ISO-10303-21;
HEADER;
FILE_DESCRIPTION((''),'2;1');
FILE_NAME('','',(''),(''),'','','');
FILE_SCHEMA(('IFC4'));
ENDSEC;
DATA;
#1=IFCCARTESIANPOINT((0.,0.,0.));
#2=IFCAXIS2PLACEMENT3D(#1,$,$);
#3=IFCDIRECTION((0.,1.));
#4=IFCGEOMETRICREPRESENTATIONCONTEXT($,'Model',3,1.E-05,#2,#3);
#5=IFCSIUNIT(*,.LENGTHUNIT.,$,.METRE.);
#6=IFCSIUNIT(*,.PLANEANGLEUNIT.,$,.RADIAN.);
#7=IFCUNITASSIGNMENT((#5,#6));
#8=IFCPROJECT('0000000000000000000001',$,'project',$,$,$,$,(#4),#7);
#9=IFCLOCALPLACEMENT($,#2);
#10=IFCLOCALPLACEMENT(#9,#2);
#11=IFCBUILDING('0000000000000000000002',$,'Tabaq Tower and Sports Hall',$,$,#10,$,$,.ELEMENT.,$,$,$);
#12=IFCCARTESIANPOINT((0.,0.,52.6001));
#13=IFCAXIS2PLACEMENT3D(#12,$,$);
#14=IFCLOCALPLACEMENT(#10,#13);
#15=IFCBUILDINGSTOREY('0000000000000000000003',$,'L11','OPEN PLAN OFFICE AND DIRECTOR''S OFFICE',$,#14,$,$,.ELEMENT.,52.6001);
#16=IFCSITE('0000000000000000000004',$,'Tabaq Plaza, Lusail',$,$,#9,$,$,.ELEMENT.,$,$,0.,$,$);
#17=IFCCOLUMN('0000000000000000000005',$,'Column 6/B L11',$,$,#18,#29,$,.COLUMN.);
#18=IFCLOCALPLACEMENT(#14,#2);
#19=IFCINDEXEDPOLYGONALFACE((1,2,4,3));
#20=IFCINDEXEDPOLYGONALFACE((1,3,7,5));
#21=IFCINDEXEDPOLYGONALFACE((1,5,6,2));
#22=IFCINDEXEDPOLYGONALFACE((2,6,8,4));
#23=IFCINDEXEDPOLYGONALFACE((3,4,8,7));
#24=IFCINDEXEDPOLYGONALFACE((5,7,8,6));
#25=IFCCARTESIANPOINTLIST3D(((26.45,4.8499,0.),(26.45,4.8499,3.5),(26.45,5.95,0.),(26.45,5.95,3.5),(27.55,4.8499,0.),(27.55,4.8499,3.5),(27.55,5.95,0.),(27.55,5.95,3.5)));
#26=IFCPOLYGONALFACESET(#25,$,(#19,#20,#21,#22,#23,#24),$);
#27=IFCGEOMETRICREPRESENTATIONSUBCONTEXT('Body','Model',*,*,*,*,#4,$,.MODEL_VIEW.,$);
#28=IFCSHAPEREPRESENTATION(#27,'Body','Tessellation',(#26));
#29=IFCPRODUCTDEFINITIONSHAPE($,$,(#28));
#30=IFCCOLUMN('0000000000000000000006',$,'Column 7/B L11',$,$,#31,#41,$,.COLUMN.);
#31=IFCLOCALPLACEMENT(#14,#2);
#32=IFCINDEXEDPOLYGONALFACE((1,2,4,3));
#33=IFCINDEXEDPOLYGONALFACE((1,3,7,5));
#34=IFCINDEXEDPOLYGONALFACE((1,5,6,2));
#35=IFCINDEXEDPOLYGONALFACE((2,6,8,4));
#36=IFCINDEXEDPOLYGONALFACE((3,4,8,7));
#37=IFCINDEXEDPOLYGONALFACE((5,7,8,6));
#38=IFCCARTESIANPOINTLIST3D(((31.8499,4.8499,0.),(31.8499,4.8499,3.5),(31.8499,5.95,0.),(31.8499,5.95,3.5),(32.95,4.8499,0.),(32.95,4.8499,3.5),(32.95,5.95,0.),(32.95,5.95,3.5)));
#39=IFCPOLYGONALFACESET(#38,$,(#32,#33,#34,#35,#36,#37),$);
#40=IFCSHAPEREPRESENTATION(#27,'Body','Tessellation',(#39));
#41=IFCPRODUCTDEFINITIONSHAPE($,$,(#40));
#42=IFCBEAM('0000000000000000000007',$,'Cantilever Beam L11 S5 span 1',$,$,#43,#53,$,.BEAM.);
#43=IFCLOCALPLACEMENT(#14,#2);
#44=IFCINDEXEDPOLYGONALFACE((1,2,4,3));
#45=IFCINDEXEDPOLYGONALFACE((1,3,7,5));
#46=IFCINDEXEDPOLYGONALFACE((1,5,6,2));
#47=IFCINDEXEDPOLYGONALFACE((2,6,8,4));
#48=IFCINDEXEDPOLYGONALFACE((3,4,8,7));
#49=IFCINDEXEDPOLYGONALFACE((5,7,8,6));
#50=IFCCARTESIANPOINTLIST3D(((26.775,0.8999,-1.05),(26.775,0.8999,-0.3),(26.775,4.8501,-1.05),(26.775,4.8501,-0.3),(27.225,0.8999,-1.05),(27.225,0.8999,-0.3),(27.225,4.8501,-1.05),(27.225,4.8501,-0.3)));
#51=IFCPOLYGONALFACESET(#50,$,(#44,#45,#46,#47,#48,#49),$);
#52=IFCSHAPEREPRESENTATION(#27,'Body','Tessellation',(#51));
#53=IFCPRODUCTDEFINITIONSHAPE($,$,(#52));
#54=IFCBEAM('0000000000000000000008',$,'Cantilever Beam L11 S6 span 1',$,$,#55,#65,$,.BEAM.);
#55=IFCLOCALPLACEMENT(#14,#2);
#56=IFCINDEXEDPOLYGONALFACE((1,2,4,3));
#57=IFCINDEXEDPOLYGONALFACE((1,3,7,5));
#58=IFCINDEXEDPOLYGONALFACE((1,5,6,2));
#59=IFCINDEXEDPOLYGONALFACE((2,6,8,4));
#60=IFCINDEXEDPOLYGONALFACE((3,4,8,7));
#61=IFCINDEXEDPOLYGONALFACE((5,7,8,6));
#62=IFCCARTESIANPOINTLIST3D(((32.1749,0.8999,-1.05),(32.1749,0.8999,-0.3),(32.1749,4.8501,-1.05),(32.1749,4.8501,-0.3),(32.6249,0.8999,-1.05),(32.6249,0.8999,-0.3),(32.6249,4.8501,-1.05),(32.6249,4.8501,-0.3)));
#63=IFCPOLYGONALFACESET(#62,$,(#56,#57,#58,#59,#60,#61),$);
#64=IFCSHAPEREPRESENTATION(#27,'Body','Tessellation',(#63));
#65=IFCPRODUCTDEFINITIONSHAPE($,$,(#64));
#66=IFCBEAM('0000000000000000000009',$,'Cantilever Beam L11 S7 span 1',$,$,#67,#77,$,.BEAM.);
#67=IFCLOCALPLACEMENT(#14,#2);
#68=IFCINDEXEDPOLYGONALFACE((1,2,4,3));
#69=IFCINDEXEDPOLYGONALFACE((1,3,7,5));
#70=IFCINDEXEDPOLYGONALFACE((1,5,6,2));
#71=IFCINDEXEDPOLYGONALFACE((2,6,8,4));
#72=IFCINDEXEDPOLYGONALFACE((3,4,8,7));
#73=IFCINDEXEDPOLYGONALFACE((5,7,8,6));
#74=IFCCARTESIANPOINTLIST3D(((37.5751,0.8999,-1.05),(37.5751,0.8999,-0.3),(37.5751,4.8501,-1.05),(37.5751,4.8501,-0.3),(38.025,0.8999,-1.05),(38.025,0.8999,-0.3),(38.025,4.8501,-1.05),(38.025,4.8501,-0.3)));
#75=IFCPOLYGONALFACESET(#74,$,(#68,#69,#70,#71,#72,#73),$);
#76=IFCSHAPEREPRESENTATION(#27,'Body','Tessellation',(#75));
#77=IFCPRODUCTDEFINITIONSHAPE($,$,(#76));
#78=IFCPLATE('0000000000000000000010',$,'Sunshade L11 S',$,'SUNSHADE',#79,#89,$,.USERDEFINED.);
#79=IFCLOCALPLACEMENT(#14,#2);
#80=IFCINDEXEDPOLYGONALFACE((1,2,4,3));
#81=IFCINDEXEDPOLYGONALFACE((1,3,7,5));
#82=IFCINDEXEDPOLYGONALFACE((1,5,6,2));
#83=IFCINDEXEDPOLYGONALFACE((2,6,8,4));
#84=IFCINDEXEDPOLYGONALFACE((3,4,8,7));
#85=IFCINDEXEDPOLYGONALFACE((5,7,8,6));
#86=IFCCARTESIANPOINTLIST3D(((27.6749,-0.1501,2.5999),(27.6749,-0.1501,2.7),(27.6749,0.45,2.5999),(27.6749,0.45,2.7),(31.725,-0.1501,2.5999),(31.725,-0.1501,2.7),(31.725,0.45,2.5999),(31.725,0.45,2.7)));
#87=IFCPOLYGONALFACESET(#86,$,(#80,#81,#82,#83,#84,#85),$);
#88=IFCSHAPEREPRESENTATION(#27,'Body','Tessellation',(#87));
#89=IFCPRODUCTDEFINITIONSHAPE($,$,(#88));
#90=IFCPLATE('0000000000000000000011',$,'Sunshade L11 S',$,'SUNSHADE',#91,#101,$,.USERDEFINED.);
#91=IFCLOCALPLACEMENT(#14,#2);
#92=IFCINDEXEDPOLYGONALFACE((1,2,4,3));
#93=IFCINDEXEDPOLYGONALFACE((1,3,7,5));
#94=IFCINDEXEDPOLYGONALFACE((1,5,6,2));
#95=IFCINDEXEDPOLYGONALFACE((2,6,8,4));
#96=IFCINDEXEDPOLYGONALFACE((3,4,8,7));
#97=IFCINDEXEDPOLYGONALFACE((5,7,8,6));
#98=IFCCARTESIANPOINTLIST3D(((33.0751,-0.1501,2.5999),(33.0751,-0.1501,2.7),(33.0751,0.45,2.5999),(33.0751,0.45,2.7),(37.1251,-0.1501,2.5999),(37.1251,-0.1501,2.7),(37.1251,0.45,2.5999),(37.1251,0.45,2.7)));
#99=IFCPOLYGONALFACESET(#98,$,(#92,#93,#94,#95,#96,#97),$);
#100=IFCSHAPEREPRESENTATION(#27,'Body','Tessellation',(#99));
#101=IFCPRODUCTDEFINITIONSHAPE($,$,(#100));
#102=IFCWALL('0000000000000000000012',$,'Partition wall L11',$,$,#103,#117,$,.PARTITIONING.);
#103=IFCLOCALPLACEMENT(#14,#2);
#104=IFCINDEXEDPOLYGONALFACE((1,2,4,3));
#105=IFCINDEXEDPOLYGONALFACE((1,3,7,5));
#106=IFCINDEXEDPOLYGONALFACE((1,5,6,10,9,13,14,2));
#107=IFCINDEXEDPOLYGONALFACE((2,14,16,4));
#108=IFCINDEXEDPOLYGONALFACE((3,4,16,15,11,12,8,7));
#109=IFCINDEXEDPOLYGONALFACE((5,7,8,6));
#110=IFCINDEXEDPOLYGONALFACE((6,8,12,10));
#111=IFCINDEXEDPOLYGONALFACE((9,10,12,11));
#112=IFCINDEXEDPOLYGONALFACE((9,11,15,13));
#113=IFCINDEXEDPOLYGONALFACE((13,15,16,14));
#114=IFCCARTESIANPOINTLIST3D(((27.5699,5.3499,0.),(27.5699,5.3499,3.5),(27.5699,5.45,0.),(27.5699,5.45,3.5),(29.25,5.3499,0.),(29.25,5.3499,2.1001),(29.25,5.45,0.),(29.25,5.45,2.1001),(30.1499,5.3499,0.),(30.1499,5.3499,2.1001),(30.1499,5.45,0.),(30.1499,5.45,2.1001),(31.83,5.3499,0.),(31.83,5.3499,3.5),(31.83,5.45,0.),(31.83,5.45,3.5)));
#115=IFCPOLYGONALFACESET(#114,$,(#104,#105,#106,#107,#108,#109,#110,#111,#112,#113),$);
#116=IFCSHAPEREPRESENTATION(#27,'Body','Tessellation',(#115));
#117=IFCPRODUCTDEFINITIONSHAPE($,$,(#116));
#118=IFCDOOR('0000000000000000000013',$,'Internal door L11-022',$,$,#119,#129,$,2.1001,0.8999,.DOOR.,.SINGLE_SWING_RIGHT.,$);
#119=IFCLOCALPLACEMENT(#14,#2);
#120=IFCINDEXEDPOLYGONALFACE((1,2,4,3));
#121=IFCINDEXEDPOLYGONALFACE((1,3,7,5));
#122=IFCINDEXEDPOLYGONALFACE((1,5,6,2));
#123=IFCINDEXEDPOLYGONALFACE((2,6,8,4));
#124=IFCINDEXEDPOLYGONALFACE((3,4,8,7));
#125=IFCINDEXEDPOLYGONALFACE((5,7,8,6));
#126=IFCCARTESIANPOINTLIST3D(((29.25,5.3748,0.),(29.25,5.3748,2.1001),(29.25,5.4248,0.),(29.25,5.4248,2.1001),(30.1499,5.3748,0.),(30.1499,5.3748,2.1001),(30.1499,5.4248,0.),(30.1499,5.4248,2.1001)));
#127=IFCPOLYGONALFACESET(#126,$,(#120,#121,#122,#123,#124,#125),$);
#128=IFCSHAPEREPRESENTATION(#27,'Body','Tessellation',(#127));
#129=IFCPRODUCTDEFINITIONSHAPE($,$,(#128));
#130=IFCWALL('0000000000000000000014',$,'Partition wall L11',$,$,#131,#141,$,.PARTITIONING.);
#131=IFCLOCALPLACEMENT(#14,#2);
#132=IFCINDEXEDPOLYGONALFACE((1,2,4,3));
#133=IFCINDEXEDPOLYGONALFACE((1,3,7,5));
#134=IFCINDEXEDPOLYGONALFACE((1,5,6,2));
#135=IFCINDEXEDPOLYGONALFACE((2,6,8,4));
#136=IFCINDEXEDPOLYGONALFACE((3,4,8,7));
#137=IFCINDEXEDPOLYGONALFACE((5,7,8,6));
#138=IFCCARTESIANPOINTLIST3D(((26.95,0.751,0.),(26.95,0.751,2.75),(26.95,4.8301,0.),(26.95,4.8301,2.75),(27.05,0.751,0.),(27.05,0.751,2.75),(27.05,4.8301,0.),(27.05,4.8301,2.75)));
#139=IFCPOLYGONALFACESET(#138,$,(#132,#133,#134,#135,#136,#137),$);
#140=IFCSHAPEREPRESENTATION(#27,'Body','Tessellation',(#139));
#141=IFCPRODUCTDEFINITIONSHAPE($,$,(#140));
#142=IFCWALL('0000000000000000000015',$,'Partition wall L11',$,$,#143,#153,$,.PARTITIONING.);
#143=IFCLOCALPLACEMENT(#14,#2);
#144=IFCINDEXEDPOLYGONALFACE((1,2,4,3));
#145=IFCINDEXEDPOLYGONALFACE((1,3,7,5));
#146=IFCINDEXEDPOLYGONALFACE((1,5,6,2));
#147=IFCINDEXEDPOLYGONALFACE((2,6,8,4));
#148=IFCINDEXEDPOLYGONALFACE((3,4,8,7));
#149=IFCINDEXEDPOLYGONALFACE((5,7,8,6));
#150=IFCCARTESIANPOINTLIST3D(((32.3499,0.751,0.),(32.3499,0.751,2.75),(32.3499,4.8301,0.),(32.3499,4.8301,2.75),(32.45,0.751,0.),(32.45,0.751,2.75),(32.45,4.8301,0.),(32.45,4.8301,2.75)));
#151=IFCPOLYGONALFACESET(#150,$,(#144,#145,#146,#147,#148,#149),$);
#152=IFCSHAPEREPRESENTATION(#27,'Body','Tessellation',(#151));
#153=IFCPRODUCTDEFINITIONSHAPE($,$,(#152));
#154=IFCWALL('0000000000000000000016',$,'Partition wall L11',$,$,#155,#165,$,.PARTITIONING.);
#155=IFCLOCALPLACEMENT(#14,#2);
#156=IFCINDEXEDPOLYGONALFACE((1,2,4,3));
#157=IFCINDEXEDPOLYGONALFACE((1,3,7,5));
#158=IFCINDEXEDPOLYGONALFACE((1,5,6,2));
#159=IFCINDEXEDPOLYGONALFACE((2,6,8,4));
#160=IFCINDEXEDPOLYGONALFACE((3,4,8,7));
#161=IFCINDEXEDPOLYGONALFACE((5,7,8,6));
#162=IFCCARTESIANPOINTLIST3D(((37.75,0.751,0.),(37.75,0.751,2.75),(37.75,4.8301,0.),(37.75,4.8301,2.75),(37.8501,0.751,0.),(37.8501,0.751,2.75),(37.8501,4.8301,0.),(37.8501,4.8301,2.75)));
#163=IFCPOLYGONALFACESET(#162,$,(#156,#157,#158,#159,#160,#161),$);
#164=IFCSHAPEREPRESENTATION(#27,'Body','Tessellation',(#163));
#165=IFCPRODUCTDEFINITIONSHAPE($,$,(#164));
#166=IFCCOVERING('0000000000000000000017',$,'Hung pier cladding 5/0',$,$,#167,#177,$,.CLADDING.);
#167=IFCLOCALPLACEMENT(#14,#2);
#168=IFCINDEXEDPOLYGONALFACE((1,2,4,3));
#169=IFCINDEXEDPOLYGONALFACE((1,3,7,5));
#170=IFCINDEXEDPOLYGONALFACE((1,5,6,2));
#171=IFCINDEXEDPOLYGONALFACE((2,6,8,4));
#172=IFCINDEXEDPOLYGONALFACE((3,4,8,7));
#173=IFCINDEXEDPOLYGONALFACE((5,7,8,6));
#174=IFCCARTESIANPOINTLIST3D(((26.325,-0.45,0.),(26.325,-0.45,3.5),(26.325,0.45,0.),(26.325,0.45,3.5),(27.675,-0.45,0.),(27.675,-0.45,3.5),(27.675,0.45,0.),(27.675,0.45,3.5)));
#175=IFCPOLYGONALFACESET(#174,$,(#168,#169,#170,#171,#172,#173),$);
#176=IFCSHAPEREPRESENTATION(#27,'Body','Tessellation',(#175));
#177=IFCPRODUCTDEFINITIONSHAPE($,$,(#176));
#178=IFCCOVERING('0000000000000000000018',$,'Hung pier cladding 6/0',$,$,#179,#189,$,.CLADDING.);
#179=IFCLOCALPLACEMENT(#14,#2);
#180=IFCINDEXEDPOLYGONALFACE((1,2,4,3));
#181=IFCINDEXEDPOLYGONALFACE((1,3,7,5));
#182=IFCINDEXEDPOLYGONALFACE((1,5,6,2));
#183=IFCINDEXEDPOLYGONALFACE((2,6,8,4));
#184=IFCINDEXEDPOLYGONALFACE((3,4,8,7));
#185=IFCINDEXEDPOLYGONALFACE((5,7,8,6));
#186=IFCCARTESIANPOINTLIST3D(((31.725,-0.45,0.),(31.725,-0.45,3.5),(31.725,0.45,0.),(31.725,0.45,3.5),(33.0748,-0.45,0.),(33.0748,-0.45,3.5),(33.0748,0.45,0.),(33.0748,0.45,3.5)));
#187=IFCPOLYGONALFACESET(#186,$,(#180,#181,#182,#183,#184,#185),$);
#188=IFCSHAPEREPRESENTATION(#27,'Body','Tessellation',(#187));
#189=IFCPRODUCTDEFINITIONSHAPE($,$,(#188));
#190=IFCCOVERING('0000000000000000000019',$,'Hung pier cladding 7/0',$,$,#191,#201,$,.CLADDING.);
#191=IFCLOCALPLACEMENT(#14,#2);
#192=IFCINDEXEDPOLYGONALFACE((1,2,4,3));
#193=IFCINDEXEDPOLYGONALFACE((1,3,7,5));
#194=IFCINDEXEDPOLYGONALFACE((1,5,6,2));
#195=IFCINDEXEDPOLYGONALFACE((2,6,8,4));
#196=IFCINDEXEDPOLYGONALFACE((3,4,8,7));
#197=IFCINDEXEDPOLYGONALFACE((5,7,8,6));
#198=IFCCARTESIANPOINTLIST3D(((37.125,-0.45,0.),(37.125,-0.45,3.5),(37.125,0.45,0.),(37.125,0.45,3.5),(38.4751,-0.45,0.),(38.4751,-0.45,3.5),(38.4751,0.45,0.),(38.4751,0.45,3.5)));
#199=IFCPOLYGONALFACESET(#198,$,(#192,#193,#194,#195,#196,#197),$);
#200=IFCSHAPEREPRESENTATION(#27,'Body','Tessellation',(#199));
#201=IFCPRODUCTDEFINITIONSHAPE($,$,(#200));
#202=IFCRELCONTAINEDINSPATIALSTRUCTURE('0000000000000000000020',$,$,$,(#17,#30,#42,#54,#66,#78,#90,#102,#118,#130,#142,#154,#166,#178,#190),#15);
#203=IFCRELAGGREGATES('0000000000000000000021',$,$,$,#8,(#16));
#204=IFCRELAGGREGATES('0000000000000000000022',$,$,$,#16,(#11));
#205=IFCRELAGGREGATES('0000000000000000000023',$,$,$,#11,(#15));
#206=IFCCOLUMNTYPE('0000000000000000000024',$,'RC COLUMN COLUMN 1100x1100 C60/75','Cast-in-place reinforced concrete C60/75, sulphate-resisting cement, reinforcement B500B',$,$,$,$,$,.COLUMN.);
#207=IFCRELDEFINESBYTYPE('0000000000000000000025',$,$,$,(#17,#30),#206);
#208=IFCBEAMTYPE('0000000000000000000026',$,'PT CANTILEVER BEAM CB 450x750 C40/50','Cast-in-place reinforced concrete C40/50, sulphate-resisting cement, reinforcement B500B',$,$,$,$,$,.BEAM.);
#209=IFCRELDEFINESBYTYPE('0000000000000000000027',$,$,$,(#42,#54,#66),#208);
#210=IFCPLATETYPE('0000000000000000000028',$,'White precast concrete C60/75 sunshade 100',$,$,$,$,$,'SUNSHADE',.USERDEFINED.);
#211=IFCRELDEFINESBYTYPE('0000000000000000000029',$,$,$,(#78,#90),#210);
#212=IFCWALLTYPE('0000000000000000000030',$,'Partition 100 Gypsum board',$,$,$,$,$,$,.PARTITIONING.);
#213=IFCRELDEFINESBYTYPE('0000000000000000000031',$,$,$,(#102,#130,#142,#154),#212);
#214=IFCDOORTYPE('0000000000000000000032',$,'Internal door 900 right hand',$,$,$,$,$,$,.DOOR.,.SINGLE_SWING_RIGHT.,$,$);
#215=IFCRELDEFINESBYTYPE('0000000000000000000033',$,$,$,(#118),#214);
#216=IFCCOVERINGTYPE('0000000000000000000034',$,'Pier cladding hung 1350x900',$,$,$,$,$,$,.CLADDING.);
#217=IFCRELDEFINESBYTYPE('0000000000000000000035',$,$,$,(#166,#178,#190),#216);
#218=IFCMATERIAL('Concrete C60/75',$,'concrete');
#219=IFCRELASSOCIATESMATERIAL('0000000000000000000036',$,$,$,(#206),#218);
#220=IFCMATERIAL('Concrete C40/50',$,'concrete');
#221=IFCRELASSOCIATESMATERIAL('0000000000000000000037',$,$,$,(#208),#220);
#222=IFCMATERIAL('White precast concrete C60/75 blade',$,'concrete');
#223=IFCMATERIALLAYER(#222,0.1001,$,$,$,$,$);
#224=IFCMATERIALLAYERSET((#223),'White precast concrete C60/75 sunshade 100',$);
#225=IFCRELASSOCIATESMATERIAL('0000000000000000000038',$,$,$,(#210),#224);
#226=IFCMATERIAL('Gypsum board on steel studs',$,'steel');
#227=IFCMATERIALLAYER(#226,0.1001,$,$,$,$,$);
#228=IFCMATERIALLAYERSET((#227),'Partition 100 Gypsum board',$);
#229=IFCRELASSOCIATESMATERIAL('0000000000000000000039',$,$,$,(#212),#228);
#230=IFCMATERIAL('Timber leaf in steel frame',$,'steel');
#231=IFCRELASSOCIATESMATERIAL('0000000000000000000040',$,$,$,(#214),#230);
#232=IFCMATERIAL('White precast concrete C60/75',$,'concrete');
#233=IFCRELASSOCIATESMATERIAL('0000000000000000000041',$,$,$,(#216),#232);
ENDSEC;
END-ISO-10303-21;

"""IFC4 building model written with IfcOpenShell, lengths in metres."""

from ifc_helpers import new_model, si_unit, direction, frame, frame_2d, origin, origin_2d, place, context, subcontext, project, spatial, rectangle, extrude, material, layer, layer_set, material_profile, profile_set, type_object, element, fill, save


model = new_model("IFC4")

# Units and contexts
model_context = context("Model", 3, precision=1e-05, world=origin(), true_north=direction((0.0, 1.0)))
body_context = subcontext(model_context, "Body", "Model", "MODEL_VIEW")
ifc_project = project(units=[si_unit("LENGTHUNIT", "METRE"), si_unit("PLANEANGLEUNIT", "RADIAN")], contexts=[model_context])

# Site, building, storey
site_placement = place(None, origin())
site = spatial("IfcSite", under=ifc_project, at=site_placement, Name="Tabaq Plaza, Lusail", CompositionType="ELEMENT", RefElevation=0.0)
building_placement = place(site_placement, origin())
building = spatial("IfcBuilding", under=site, at=building_placement, Name="Tabaq Tower and Sports Hall", CompositionType="ELEMENT")
storey_placement = place(building_placement, frame((0.0, 0.0, 52.6001)))
storey = spatial("IfcBuildingStorey", under=building, at=storey_placement, Name="L11", Description="OPEN PLAN OFFICE AND DIRECTOR'S OFFICE", CompositionType="ELEMENT", Elevation=52.6001)

# Columns
ifc_material_1 = material(Name="Concrete C60/75", Category="concrete")
ifc_material_profile_1 = material_profile(ifc_material_1, rectangle(XDim=1.1001, YDim=1.1001, at=origin_2d()), Name="COLUMN 1100x1100")
ifc_profile_set_1 = profile_set([ifc_material_profile_1], Name="Concrete C60/75")
column_type = type_object("IfcColumnType", Name="RC COLUMN COLUMN 1100x1100 C60/75", Description="Cast-in-place reinforced concrete C60/75, sulphate-resisting cement, reinforcement B500B", PredefinedType="COLUMN", material=ifc_profile_set_1)
for number, where, z_axis, x_axis, name in (
    (1, (27.0, 5.3999, 0.0), (0.0, 0.0, 1.0), (1.0, 0.0, 0.0), "Column 6/B L11"),
    (2, (32.3999, 5.3999, 0.0), (0.0, 0.0, 1.0), (1.0, 0.0, 0.0), "Column 7/B L11"),
):
    element("IfcColumn", number, at=place(storey_placement, frame(where, z_axis=z_axis, x_axis=x_axis)), inside=storey, type_object=column_type, Name=name, PredefinedType="COLUMN", context=body_context, shape_type="SweptSolid", body=[
        extrude(rectangle(XDim=1.1001, YDim=1.1001, at=origin_2d()), origin(), (0.0, 0.0, 1.0), 3.5),
    ])

# Beams
ifc_material_2 = material(Name="Concrete C40/50", Category="concrete")
ifc_material_profile_2 = material_profile(ifc_material_2, rectangle(XDim=0.45, YDim=0.75, at=origin_2d()), Name="CB 450x750")
ifc_profile_set_2 = profile_set([ifc_material_profile_2], Name="Concrete C40/50")
beam_type = type_object("IfcBeamType", Name="PT CANTILEVER BEAM CB 450x750 C40/50", Description="Cast-in-place reinforced concrete C40/50, sulphate-resisting cement, reinforcement B500B", PredefinedType="BEAM", material=ifc_profile_set_2)
for number, where, z_axis, x_axis, name in (
    (3, (27.0, 0.8999, -0.675), (0.0, 1.0, 0.0), (-1.0, 0.0, 0.0), "Cantilever Beam L11 S5 span 1"),
    (4, (32.3999, 0.8999, -0.675), (0.0, 1.0, 0.0), (-1.0, 0.0, 0.0), "Cantilever Beam L11 S6 span 1"),
    (5, (37.8, 0.8999, -0.675), (0.0, 1.0, 0.0), (-1.0, 0.0, 0.0), "Cantilever Beam L11 S7 span 1"),
):
    element("IfcBeam", number, at=place(storey_placement, frame(where, z_axis=z_axis, x_axis=x_axis)), inside=storey, type_object=beam_type, Name=name, PredefinedType="BEAM", context=body_context, shape_type="SweptSolid", body=[
        extrude(rectangle(XDim=0.45, YDim=0.75, at=origin_2d()), origin(), (0.0, 0.0, 1.0), 3.9502),
    ])

# Plates
ifc_material_3 = material(Name="White precast concrete C60/75 blade", Category="concrete")
ifc_layer_1 = layer(ifc_material_3, 0.1001)
ifc_layer_set_1 = layer_set([ifc_layer_1], Name="White precast concrete C60/75 sunshade 100")
plate_type = type_object("IfcPlateType", Name="White precast concrete C60/75 sunshade 100", ElementType="SUNSHADE", PredefinedType="USERDEFINED", material=ifc_layer_set_1)
for number, where, z_axis, x_axis, name in (
    (6, (29.7, 0.1499, 2.5999), (0.0, 0.0, 1.0), (1.0, 0.0, 0.0), "Sunshade L11 S"),
    (7, (35.1001, 0.1499, 2.5999), (0.0, 0.0, 1.0), (1.0, 0.0, 0.0), "Sunshade L11 S"),
):
    element("IfcPlate", number, at=place(storey_placement, frame(where, z_axis=z_axis, x_axis=x_axis)), inside=storey, type_object=plate_type, Name=name, ObjectType="SUNSHADE", PredefinedType="USERDEFINED", context=body_context, shape_type="SweptSolid", body=[
        extrude(rectangle(XDim=4.05, YDim=0.6001, at=origin_2d()), origin(), (0.0, 0.0, 1.0), 0.1001),
    ])

# Wall, opening, door
ifc_material_4 = material(Name="Gypsum board on steel studs", Category="steel")
ifc_layer_2 = layer(ifc_material_4, 0.1001)
ifc_layer_set_2 = layer_set([ifc_layer_2], Name="Partition 100 Gypsum board")
wall_type = type_object("IfcWallType", Name="Partition 100 Gypsum board", PredefinedType="PARTITIONING", material=ifc_layer_set_2)
wall_placement = place(storey_placement, frame((27.5701, 5.3999, 0.0), z_axis=(0.0, 0.0, 1.0), x_axis=(1.0, 0.0, 0.0)))
wall = element("IfcWall", 8, at=wall_placement, inside=storey, type_object=wall_type, Name="Partition wall L11", PredefinedType="PARTITIONING", context=body_context, shape_type="SweptSolid", body=[
    extrude(rectangle(XDim=4.26, YDim=0.1001, at=frame_2d((2.1299, 0.0))), origin(), (0.0, 0.0, 1.0), 3.5),
])
opening_placement = place(wall_placement, frame((1.6799, 0.0, 0.0)))
opening = element("IfcOpeningElement", 9, at=opening_placement, cuts=wall, PredefinedType="OPENING", context=body_context, shape_type="SweptSolid", body=[
    extrude(rectangle(XDim=0.8999, YDim=2.1001, at=frame_2d((0.45, 1.05))), frame((0.0, 0.05, 0.0), z_axis=(0.0, -1.0, 0.0), x_axis=(1.0, 0.0, 0.0)), (0.0, 0.0, 1.0), 0.1001),
])
ifc_material_5 = material(Name="Timber leaf in steel frame", Category="steel")
door_type = type_object("IfcDoorType", Name="Internal door 900 right hand", OperationType="SINGLE_SWING_RIGHT", PredefinedType="DOOR", material=ifc_material_5)
door_placement = place(opening_placement, origin())
door = element("IfcDoor", 10, at=door_placement, inside=storey, type_object=door_type, Name="Internal door L11-022", OperationType="SINGLE_SWING_RIGHT", OverallHeight=2.1001, OverallWidth=0.8999, PredefinedType="DOOR", context=body_context, shape_type="SweptSolid", body=[
    extrude(rectangle(XDim=0.8999, YDim=2.1001, at=frame_2d((0.45, 1.05))), frame((0.0, 0.0249, 0.0), z_axis=(0.0, -1.0, 0.0), x_axis=(1.0, 0.0, 0.0)), (0.0, 0.0, 1.0), 0.05),
])
fill(opening, door)

# Walls
for number, where, z_axis, x_axis, name in (
    (11, (27.0, 0.751, 0.0), (0.0, 0.0, 1.0), (0.0, 1.0, 0.0), "Partition wall L11"),
    (12, (32.3999, 0.751, 0.0), (0.0, 0.0, 1.0), (0.0, 1.0, 0.0), "Partition wall L11"),
    (13, (37.8, 0.751, 0.0), (0.0, 0.0, 1.0), (0.0, 1.0, 0.0), "Partition wall L11"),
):
    element("IfcWall", number, at=place(storey_placement, frame(where, z_axis=z_axis, x_axis=x_axis)), inside=storey, type_object=wall_type, Name=name, PredefinedType="PARTITIONING", context=body_context, shape_type="SweptSolid", body=[
        extrude(rectangle(XDim=4.0791, YDim=0.1001, at=frame_2d((2.0396, 0.0))), origin(), (0.0, 0.0, 1.0), 2.75),
    ])

# Coverings
ifc_material_6 = material(Name="White precast concrete C60/75", Category="concrete")
covering_type_1 = type_object("IfcCoveringType", Name="Pier cladding hung 1350x900", PredefinedType="CLADDING", material=ifc_material_6)
covering_1_placement = place(storey_placement, frame((26.325, 0.0, 0.0), z_axis=(0.0, 0.0, 1.0), x_axis=(1.0, 0.0, 0.0)))
element("IfcCovering", 14, at=covering_1_placement, inside=storey, type_object=covering_type_1, Name="Hung pier cladding 5/0", PredefinedType="CLADDING", context=body_context, shape_type="SweptSolid", body=[
    extrude(rectangle(XDim=1.3501, YDim=0.8999, at=frame_2d((0.675, 0.0))), origin(), (0.0, 0.0, 1.0), 3.5),
])
covering_2_placement = place(storey_placement, frame((31.7251, 0.0, 0.0), z_axis=(0.0, 0.0, 1.0), x_axis=(1.0, 0.0, 0.0)))
element("IfcCovering", 15, at=covering_2_placement, inside=storey, type_object=covering_type_1, Name="Hung pier cladding 6/0", PredefinedType="CLADDING", context=body_context, shape_type="SweptSolid", body=[
    extrude(rectangle(XDim=1.3499, YDim=0.8999, at=frame_2d((0.6748, 0.0))), origin(), (0.0, 0.0, 1.0), 3.5),
])
covering_3_placement = place(storey_placement, frame((37.125, 0.0, 0.0), z_axis=(0.0, 0.0, 1.0), x_axis=(1.0, 0.0, 0.0)))
element("IfcCovering", 16, at=covering_3_placement, inside=storey, type_object=covering_type_1, Name="Hung pier cladding 7/0", PredefinedType="CLADDING", context=body_context, shape_type="SweptSolid", body=[
    extrude(rectangle(XDim=1.3501, YDim=0.8999, at=frame_2d((0.675, 0.0))), origin(), (0.0, 0.0, 1.0), 3.5),
])

save(model, "model.ifc")
